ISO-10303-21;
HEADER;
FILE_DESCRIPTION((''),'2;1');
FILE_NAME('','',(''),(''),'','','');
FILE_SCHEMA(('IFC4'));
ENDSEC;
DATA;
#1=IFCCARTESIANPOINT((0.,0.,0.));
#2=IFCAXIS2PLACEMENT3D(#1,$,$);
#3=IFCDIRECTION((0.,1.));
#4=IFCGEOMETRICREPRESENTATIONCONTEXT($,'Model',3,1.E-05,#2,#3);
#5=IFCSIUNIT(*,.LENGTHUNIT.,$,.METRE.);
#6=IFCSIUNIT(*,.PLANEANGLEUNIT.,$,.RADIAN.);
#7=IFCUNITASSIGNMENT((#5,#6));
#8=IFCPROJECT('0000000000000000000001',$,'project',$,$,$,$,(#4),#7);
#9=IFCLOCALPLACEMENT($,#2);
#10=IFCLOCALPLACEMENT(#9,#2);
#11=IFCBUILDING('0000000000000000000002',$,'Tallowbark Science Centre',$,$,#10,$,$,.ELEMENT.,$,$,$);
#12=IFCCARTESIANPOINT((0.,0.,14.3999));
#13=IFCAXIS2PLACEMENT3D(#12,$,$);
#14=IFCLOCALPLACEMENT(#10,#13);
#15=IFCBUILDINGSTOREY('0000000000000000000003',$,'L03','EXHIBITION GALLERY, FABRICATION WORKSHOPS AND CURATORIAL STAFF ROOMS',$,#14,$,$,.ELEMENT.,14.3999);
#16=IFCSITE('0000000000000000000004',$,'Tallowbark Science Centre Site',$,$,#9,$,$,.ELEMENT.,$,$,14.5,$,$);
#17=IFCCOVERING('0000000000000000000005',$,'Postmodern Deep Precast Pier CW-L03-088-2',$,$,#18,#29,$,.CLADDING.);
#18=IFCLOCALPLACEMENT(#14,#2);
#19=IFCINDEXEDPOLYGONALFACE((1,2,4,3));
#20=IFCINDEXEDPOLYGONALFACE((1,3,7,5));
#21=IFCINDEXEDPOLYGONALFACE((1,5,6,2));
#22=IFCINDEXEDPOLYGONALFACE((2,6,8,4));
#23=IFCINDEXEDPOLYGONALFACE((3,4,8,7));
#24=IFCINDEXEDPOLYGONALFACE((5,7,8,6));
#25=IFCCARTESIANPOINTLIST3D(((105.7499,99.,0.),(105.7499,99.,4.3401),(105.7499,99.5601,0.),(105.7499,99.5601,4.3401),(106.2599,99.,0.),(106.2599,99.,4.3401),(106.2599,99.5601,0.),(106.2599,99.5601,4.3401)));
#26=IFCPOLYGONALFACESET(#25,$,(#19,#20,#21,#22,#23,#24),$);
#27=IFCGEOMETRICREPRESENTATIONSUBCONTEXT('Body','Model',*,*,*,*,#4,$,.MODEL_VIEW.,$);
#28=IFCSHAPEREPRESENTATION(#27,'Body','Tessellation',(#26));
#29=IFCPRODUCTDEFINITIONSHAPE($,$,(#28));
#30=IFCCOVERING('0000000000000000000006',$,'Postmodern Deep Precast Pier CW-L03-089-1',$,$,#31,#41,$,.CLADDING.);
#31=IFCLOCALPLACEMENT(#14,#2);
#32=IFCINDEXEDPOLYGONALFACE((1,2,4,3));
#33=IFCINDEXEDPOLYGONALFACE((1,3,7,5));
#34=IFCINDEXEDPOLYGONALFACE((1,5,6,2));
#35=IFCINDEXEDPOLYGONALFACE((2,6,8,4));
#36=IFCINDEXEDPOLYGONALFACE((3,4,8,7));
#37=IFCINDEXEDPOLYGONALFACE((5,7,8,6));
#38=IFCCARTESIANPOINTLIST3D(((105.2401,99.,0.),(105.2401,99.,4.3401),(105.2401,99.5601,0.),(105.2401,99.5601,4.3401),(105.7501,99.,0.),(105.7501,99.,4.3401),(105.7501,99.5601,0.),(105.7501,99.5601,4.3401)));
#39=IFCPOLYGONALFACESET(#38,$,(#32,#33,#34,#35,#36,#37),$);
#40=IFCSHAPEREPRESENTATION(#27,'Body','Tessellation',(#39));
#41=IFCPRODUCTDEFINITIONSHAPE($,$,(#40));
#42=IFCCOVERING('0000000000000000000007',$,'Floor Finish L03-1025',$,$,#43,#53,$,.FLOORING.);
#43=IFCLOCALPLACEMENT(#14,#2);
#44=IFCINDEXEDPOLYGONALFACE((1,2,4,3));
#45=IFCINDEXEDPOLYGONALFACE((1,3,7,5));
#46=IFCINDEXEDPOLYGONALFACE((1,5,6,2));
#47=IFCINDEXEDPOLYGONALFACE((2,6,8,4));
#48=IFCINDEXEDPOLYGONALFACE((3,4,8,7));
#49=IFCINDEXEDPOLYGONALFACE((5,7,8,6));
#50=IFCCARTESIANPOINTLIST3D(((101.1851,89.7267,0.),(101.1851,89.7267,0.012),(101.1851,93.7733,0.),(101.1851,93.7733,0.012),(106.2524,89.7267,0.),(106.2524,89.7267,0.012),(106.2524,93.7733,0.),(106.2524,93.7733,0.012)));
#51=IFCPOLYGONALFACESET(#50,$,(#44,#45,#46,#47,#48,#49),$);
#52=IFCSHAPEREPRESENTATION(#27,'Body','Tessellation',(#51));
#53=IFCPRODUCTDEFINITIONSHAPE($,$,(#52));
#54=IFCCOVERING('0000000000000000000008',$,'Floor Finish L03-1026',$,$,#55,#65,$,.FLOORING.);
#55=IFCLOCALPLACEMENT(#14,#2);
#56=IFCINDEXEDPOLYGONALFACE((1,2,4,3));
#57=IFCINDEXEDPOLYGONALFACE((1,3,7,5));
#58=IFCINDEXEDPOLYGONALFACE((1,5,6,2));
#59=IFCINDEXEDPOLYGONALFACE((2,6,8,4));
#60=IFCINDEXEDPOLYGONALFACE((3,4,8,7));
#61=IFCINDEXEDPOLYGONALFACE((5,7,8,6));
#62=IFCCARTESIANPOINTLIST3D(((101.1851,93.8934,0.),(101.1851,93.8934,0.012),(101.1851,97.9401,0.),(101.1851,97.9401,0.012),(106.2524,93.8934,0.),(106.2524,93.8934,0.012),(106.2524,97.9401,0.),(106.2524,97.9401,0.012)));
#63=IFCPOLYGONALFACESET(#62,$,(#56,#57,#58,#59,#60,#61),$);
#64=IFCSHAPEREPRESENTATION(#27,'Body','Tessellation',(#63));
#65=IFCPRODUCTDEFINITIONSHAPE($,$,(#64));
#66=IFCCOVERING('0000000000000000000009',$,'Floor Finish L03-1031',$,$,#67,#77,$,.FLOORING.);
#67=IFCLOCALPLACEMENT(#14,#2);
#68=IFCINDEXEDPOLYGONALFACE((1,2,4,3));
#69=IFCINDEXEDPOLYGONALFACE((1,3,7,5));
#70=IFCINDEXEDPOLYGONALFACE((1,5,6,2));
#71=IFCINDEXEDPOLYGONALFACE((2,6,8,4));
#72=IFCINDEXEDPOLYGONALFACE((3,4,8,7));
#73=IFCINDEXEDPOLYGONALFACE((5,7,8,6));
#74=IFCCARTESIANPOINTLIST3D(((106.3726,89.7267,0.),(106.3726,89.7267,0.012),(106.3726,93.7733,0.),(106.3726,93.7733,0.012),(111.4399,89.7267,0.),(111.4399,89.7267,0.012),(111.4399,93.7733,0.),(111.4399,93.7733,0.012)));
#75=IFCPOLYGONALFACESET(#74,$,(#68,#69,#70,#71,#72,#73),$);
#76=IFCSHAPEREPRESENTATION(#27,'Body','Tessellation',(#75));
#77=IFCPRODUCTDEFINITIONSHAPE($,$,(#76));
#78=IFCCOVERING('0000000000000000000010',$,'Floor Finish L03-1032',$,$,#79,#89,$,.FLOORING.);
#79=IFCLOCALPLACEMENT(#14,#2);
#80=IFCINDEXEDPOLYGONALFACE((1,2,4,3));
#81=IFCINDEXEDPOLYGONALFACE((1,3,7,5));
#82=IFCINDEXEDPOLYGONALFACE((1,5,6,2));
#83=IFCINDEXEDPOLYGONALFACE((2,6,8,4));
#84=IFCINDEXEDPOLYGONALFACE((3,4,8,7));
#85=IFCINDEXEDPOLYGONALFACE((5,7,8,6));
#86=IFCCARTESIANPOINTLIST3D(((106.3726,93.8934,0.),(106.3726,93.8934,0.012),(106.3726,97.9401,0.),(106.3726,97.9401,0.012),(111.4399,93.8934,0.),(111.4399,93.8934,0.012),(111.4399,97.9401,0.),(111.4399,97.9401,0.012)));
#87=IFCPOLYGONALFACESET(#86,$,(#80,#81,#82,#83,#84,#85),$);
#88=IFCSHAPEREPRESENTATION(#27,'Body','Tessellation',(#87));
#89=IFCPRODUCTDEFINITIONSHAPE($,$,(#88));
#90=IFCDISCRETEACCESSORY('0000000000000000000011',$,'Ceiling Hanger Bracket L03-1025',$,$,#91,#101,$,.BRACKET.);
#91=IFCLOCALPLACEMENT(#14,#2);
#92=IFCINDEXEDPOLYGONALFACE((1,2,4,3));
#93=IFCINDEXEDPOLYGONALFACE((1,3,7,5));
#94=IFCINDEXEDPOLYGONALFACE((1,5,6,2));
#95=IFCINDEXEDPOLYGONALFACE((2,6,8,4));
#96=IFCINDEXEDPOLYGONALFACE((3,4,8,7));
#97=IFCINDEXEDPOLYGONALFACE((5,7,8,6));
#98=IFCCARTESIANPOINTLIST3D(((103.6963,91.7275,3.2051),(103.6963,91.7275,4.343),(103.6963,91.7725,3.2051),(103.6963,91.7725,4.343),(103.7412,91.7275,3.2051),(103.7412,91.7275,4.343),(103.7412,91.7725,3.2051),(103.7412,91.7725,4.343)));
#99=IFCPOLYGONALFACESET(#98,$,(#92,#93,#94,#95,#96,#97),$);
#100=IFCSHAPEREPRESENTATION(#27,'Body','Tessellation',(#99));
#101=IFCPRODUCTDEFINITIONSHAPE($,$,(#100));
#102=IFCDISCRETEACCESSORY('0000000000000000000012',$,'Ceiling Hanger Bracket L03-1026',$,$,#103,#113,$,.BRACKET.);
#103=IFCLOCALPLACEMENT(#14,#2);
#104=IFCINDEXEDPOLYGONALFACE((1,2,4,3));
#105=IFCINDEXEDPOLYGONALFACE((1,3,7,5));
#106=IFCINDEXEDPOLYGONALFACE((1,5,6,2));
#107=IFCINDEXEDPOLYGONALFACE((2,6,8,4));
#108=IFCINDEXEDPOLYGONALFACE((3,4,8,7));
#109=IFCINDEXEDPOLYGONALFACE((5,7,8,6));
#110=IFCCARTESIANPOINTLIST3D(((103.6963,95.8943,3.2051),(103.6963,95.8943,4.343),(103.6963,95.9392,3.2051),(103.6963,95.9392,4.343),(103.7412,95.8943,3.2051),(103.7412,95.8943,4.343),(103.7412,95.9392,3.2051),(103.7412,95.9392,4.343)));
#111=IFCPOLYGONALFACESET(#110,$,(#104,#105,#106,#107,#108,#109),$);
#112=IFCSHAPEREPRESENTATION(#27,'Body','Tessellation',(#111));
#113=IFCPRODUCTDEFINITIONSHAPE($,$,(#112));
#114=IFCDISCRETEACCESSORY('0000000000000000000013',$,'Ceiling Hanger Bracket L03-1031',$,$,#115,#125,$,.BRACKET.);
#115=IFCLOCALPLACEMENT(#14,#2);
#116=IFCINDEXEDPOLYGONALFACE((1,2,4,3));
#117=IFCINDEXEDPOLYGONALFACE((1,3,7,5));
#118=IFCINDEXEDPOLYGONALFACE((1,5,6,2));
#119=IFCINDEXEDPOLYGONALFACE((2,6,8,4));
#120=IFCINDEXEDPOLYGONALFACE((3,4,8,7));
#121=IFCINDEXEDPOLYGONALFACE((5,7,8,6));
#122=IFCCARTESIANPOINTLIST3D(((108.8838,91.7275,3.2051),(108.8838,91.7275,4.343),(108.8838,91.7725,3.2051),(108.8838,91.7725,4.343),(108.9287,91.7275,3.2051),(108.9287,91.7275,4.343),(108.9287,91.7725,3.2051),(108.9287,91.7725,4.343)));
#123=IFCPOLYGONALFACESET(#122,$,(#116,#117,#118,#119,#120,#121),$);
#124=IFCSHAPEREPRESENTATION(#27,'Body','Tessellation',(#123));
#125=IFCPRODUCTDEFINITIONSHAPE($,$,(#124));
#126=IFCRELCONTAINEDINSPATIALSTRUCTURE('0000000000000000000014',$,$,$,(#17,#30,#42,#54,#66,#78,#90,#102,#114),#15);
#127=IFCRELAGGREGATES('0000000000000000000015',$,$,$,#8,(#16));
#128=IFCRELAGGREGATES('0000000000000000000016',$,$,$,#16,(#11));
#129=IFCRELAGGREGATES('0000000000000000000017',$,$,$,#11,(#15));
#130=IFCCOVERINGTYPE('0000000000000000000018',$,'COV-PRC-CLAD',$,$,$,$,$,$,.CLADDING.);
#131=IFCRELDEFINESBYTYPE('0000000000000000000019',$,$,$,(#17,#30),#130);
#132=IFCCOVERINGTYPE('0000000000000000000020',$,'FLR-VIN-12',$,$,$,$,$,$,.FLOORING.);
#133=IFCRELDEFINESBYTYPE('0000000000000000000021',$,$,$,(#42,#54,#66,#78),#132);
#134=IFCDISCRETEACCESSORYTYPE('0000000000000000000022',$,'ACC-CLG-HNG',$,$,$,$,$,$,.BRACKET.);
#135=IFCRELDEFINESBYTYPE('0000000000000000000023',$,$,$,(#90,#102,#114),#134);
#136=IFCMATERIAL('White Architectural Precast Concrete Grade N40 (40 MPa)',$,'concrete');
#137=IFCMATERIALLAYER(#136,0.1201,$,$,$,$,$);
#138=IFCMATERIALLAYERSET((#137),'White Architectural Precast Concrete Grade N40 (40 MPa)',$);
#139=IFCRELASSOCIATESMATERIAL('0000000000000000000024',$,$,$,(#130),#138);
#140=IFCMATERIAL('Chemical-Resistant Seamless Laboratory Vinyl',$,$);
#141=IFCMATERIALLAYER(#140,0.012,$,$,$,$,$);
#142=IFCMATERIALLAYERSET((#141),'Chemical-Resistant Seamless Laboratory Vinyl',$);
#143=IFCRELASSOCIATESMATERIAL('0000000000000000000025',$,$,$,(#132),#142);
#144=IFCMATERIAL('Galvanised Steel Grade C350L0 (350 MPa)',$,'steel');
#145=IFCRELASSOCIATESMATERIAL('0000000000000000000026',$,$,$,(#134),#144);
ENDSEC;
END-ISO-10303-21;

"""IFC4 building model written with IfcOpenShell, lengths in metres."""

from ifc_helpers import new_model, si_unit, direction, frame, origin, origin_2d, place, context, subcontext, project, spatial, rectangle, extrude, material, layer, layer_set, type_object, element, save


model = new_model("IFC4")

# Units and contexts
model_context = context("Model", 3, precision=1e-05, world=origin(), true_north=direction((0.0, 1.0)))
body_context = subcontext(model_context, "Body", "Model", "MODEL_VIEW")
ifc_project = project(units=[si_unit("LENGTHUNIT", "METRE"), si_unit("PLANEANGLEUNIT", "RADIAN")], contexts=[model_context])

# Site, building, storey
site_placement = place(None, origin())
site = spatial("IfcSite", under=ifc_project, at=site_placement, Name="Tallowbark Science Centre Site", CompositionType="ELEMENT", RefElevation=14.5)
building_placement = place(site_placement, origin())
building = spatial("IfcBuilding", under=site, at=building_placement, Name="Tallowbark Science Centre", CompositionType="ELEMENT")
storey_placement = place(building_placement, frame((0.0, 0.0, 14.3999)))
storey = spatial("IfcBuildingStorey", under=building, at=storey_placement, Name="L03", Description="EXHIBITION GALLERY, FABRICATION WORKSHOPS AND CURATORIAL STAFF ROOMS", CompositionType="ELEMENT", Elevation=14.3999)

# Coverings
ifc_material_1 = material(Name="White Architectural Precast Concrete Grade N40 (40 MPa)", Category="concrete")
ifc_layer_1 = layer(ifc_material_1, 0.1201)
ifc_layer_set_1 = layer_set([ifc_layer_1], Name="White Architectural Precast Concrete Grade N40 (40 MPa)")
covering_type_1 = type_object("IfcCoveringType", Name="COV-PRC-CLAD", PredefinedType="CLADDING", material=ifc_layer_set_1)
for number, where, z_axis, x_axis, name in (
    (1, (106.0049, 99.28, 0.0), (0.0, 0.0, 1.0), (-1.0, 0.0, 0.0), "Postmodern Deep Precast Pier CW-L03-088-2"),
    (2, (105.4951, 99.28, 0.0), (0.0, 0.0, 1.0), (-1.0, 0.0, 0.0), "Postmodern Deep Precast Pier CW-L03-089-1"),
):
    element("IfcCovering", number, at=place(storey_placement, frame(where, z_axis=z_axis, x_axis=x_axis)), inside=storey, type_object=covering_type_1, Name=name, PredefinedType="CLADDING", context=body_context, shape_type="SweptSolid", body=[
        extrude(rectangle(XDim=0.51, YDim=0.5601, at=origin_2d()), origin(), (0.0, 0.0, 1.0), 4.3401),
    ])
ifc_material_2 = material(Name="Chemical-Resistant Seamless Laboratory Vinyl")
ifc_layer_2 = layer(ifc_material_2, 0.012)
ifc_layer_set_2 = layer_set([ifc_layer_2], Name="Chemical-Resistant Seamless Laboratory Vinyl")
covering_type_2 = type_object("IfcCoveringType", Name="FLR-VIN-12", PredefinedType="FLOORING", material=ifc_layer_set_2)
for number, where, z_axis, x_axis, name in (
    (3, (103.7188, 91.75, 0.0), (0.0, 0.0, 1.0), (1.0, 0.0, 0.0), "Floor Finish L03-1025"),
    (4, (103.7188, 95.9167, 0.0), (0.0, 0.0, 1.0), (1.0, 0.0, 0.0), "Floor Finish L03-1026"),
    (5, (108.9062, 91.75, 0.0), (0.0, 0.0, 1.0), (1.0, 0.0, 0.0), "Floor Finish L03-1031"),
    (6, (108.9062, 95.9167, 0.0), (0.0, 0.0, 1.0), (1.0, 0.0, 0.0), "Floor Finish L03-1032"),
):
    element("IfcCovering", number, at=place(storey_placement, frame(where, z_axis=z_axis, x_axis=x_axis)), inside=storey, type_object=covering_type_2, Name=name, PredefinedType="FLOORING", context=body_context, shape_type="SweptSolid", body=[
        extrude(rectangle(XDim=5.0674, YDim=4.0466, at=origin_2d()), origin(), (0.0, 0.0, 1.0), 0.012),
    ])

# Discrete accessories
ifc_material_3 = material(Name="Galvanised Steel Grade C350L0 (350 MPa)", Category="steel")
discrete_accessory_type = type_object("IfcDiscreteAccessoryType", Name="ACC-CLG-HNG", PredefinedType="BRACKET", material=ifc_material_3)
for number, where, z_axis, x_axis, name in (
    (7, (103.7188, 91.75, 3.2051), (0.0, 0.0, 1.0), (1.0, 0.0, 0.0), "Ceiling Hanger Bracket L03-1025"),
    (8, (103.7188, 95.9167, 3.2051), (0.0, 0.0, 1.0), (1.0, 0.0, 0.0), "Ceiling Hanger Bracket L03-1026"),
    (9, (108.9062, 91.75, 3.2051), (0.0, 0.0, 1.0), (1.0, 0.0, 0.0), "Ceiling Hanger Bracket L03-1031"),
):
    element("IfcDiscreteAccessory", number, at=place(storey_placement, frame(where, z_axis=z_axis, x_axis=x_axis)), inside=storey, type_object=discrete_accessory_type, Name=name, PredefinedType="BRACKET", context=body_context, shape_type="SweptSolid", body=[
        extrude(rectangle(XDim=0.0449, YDim=0.0449, at=origin_2d()), origin(), (0.0, 0.0, 1.0), 1.1379),
    ])

save(model, "model.ifc")
